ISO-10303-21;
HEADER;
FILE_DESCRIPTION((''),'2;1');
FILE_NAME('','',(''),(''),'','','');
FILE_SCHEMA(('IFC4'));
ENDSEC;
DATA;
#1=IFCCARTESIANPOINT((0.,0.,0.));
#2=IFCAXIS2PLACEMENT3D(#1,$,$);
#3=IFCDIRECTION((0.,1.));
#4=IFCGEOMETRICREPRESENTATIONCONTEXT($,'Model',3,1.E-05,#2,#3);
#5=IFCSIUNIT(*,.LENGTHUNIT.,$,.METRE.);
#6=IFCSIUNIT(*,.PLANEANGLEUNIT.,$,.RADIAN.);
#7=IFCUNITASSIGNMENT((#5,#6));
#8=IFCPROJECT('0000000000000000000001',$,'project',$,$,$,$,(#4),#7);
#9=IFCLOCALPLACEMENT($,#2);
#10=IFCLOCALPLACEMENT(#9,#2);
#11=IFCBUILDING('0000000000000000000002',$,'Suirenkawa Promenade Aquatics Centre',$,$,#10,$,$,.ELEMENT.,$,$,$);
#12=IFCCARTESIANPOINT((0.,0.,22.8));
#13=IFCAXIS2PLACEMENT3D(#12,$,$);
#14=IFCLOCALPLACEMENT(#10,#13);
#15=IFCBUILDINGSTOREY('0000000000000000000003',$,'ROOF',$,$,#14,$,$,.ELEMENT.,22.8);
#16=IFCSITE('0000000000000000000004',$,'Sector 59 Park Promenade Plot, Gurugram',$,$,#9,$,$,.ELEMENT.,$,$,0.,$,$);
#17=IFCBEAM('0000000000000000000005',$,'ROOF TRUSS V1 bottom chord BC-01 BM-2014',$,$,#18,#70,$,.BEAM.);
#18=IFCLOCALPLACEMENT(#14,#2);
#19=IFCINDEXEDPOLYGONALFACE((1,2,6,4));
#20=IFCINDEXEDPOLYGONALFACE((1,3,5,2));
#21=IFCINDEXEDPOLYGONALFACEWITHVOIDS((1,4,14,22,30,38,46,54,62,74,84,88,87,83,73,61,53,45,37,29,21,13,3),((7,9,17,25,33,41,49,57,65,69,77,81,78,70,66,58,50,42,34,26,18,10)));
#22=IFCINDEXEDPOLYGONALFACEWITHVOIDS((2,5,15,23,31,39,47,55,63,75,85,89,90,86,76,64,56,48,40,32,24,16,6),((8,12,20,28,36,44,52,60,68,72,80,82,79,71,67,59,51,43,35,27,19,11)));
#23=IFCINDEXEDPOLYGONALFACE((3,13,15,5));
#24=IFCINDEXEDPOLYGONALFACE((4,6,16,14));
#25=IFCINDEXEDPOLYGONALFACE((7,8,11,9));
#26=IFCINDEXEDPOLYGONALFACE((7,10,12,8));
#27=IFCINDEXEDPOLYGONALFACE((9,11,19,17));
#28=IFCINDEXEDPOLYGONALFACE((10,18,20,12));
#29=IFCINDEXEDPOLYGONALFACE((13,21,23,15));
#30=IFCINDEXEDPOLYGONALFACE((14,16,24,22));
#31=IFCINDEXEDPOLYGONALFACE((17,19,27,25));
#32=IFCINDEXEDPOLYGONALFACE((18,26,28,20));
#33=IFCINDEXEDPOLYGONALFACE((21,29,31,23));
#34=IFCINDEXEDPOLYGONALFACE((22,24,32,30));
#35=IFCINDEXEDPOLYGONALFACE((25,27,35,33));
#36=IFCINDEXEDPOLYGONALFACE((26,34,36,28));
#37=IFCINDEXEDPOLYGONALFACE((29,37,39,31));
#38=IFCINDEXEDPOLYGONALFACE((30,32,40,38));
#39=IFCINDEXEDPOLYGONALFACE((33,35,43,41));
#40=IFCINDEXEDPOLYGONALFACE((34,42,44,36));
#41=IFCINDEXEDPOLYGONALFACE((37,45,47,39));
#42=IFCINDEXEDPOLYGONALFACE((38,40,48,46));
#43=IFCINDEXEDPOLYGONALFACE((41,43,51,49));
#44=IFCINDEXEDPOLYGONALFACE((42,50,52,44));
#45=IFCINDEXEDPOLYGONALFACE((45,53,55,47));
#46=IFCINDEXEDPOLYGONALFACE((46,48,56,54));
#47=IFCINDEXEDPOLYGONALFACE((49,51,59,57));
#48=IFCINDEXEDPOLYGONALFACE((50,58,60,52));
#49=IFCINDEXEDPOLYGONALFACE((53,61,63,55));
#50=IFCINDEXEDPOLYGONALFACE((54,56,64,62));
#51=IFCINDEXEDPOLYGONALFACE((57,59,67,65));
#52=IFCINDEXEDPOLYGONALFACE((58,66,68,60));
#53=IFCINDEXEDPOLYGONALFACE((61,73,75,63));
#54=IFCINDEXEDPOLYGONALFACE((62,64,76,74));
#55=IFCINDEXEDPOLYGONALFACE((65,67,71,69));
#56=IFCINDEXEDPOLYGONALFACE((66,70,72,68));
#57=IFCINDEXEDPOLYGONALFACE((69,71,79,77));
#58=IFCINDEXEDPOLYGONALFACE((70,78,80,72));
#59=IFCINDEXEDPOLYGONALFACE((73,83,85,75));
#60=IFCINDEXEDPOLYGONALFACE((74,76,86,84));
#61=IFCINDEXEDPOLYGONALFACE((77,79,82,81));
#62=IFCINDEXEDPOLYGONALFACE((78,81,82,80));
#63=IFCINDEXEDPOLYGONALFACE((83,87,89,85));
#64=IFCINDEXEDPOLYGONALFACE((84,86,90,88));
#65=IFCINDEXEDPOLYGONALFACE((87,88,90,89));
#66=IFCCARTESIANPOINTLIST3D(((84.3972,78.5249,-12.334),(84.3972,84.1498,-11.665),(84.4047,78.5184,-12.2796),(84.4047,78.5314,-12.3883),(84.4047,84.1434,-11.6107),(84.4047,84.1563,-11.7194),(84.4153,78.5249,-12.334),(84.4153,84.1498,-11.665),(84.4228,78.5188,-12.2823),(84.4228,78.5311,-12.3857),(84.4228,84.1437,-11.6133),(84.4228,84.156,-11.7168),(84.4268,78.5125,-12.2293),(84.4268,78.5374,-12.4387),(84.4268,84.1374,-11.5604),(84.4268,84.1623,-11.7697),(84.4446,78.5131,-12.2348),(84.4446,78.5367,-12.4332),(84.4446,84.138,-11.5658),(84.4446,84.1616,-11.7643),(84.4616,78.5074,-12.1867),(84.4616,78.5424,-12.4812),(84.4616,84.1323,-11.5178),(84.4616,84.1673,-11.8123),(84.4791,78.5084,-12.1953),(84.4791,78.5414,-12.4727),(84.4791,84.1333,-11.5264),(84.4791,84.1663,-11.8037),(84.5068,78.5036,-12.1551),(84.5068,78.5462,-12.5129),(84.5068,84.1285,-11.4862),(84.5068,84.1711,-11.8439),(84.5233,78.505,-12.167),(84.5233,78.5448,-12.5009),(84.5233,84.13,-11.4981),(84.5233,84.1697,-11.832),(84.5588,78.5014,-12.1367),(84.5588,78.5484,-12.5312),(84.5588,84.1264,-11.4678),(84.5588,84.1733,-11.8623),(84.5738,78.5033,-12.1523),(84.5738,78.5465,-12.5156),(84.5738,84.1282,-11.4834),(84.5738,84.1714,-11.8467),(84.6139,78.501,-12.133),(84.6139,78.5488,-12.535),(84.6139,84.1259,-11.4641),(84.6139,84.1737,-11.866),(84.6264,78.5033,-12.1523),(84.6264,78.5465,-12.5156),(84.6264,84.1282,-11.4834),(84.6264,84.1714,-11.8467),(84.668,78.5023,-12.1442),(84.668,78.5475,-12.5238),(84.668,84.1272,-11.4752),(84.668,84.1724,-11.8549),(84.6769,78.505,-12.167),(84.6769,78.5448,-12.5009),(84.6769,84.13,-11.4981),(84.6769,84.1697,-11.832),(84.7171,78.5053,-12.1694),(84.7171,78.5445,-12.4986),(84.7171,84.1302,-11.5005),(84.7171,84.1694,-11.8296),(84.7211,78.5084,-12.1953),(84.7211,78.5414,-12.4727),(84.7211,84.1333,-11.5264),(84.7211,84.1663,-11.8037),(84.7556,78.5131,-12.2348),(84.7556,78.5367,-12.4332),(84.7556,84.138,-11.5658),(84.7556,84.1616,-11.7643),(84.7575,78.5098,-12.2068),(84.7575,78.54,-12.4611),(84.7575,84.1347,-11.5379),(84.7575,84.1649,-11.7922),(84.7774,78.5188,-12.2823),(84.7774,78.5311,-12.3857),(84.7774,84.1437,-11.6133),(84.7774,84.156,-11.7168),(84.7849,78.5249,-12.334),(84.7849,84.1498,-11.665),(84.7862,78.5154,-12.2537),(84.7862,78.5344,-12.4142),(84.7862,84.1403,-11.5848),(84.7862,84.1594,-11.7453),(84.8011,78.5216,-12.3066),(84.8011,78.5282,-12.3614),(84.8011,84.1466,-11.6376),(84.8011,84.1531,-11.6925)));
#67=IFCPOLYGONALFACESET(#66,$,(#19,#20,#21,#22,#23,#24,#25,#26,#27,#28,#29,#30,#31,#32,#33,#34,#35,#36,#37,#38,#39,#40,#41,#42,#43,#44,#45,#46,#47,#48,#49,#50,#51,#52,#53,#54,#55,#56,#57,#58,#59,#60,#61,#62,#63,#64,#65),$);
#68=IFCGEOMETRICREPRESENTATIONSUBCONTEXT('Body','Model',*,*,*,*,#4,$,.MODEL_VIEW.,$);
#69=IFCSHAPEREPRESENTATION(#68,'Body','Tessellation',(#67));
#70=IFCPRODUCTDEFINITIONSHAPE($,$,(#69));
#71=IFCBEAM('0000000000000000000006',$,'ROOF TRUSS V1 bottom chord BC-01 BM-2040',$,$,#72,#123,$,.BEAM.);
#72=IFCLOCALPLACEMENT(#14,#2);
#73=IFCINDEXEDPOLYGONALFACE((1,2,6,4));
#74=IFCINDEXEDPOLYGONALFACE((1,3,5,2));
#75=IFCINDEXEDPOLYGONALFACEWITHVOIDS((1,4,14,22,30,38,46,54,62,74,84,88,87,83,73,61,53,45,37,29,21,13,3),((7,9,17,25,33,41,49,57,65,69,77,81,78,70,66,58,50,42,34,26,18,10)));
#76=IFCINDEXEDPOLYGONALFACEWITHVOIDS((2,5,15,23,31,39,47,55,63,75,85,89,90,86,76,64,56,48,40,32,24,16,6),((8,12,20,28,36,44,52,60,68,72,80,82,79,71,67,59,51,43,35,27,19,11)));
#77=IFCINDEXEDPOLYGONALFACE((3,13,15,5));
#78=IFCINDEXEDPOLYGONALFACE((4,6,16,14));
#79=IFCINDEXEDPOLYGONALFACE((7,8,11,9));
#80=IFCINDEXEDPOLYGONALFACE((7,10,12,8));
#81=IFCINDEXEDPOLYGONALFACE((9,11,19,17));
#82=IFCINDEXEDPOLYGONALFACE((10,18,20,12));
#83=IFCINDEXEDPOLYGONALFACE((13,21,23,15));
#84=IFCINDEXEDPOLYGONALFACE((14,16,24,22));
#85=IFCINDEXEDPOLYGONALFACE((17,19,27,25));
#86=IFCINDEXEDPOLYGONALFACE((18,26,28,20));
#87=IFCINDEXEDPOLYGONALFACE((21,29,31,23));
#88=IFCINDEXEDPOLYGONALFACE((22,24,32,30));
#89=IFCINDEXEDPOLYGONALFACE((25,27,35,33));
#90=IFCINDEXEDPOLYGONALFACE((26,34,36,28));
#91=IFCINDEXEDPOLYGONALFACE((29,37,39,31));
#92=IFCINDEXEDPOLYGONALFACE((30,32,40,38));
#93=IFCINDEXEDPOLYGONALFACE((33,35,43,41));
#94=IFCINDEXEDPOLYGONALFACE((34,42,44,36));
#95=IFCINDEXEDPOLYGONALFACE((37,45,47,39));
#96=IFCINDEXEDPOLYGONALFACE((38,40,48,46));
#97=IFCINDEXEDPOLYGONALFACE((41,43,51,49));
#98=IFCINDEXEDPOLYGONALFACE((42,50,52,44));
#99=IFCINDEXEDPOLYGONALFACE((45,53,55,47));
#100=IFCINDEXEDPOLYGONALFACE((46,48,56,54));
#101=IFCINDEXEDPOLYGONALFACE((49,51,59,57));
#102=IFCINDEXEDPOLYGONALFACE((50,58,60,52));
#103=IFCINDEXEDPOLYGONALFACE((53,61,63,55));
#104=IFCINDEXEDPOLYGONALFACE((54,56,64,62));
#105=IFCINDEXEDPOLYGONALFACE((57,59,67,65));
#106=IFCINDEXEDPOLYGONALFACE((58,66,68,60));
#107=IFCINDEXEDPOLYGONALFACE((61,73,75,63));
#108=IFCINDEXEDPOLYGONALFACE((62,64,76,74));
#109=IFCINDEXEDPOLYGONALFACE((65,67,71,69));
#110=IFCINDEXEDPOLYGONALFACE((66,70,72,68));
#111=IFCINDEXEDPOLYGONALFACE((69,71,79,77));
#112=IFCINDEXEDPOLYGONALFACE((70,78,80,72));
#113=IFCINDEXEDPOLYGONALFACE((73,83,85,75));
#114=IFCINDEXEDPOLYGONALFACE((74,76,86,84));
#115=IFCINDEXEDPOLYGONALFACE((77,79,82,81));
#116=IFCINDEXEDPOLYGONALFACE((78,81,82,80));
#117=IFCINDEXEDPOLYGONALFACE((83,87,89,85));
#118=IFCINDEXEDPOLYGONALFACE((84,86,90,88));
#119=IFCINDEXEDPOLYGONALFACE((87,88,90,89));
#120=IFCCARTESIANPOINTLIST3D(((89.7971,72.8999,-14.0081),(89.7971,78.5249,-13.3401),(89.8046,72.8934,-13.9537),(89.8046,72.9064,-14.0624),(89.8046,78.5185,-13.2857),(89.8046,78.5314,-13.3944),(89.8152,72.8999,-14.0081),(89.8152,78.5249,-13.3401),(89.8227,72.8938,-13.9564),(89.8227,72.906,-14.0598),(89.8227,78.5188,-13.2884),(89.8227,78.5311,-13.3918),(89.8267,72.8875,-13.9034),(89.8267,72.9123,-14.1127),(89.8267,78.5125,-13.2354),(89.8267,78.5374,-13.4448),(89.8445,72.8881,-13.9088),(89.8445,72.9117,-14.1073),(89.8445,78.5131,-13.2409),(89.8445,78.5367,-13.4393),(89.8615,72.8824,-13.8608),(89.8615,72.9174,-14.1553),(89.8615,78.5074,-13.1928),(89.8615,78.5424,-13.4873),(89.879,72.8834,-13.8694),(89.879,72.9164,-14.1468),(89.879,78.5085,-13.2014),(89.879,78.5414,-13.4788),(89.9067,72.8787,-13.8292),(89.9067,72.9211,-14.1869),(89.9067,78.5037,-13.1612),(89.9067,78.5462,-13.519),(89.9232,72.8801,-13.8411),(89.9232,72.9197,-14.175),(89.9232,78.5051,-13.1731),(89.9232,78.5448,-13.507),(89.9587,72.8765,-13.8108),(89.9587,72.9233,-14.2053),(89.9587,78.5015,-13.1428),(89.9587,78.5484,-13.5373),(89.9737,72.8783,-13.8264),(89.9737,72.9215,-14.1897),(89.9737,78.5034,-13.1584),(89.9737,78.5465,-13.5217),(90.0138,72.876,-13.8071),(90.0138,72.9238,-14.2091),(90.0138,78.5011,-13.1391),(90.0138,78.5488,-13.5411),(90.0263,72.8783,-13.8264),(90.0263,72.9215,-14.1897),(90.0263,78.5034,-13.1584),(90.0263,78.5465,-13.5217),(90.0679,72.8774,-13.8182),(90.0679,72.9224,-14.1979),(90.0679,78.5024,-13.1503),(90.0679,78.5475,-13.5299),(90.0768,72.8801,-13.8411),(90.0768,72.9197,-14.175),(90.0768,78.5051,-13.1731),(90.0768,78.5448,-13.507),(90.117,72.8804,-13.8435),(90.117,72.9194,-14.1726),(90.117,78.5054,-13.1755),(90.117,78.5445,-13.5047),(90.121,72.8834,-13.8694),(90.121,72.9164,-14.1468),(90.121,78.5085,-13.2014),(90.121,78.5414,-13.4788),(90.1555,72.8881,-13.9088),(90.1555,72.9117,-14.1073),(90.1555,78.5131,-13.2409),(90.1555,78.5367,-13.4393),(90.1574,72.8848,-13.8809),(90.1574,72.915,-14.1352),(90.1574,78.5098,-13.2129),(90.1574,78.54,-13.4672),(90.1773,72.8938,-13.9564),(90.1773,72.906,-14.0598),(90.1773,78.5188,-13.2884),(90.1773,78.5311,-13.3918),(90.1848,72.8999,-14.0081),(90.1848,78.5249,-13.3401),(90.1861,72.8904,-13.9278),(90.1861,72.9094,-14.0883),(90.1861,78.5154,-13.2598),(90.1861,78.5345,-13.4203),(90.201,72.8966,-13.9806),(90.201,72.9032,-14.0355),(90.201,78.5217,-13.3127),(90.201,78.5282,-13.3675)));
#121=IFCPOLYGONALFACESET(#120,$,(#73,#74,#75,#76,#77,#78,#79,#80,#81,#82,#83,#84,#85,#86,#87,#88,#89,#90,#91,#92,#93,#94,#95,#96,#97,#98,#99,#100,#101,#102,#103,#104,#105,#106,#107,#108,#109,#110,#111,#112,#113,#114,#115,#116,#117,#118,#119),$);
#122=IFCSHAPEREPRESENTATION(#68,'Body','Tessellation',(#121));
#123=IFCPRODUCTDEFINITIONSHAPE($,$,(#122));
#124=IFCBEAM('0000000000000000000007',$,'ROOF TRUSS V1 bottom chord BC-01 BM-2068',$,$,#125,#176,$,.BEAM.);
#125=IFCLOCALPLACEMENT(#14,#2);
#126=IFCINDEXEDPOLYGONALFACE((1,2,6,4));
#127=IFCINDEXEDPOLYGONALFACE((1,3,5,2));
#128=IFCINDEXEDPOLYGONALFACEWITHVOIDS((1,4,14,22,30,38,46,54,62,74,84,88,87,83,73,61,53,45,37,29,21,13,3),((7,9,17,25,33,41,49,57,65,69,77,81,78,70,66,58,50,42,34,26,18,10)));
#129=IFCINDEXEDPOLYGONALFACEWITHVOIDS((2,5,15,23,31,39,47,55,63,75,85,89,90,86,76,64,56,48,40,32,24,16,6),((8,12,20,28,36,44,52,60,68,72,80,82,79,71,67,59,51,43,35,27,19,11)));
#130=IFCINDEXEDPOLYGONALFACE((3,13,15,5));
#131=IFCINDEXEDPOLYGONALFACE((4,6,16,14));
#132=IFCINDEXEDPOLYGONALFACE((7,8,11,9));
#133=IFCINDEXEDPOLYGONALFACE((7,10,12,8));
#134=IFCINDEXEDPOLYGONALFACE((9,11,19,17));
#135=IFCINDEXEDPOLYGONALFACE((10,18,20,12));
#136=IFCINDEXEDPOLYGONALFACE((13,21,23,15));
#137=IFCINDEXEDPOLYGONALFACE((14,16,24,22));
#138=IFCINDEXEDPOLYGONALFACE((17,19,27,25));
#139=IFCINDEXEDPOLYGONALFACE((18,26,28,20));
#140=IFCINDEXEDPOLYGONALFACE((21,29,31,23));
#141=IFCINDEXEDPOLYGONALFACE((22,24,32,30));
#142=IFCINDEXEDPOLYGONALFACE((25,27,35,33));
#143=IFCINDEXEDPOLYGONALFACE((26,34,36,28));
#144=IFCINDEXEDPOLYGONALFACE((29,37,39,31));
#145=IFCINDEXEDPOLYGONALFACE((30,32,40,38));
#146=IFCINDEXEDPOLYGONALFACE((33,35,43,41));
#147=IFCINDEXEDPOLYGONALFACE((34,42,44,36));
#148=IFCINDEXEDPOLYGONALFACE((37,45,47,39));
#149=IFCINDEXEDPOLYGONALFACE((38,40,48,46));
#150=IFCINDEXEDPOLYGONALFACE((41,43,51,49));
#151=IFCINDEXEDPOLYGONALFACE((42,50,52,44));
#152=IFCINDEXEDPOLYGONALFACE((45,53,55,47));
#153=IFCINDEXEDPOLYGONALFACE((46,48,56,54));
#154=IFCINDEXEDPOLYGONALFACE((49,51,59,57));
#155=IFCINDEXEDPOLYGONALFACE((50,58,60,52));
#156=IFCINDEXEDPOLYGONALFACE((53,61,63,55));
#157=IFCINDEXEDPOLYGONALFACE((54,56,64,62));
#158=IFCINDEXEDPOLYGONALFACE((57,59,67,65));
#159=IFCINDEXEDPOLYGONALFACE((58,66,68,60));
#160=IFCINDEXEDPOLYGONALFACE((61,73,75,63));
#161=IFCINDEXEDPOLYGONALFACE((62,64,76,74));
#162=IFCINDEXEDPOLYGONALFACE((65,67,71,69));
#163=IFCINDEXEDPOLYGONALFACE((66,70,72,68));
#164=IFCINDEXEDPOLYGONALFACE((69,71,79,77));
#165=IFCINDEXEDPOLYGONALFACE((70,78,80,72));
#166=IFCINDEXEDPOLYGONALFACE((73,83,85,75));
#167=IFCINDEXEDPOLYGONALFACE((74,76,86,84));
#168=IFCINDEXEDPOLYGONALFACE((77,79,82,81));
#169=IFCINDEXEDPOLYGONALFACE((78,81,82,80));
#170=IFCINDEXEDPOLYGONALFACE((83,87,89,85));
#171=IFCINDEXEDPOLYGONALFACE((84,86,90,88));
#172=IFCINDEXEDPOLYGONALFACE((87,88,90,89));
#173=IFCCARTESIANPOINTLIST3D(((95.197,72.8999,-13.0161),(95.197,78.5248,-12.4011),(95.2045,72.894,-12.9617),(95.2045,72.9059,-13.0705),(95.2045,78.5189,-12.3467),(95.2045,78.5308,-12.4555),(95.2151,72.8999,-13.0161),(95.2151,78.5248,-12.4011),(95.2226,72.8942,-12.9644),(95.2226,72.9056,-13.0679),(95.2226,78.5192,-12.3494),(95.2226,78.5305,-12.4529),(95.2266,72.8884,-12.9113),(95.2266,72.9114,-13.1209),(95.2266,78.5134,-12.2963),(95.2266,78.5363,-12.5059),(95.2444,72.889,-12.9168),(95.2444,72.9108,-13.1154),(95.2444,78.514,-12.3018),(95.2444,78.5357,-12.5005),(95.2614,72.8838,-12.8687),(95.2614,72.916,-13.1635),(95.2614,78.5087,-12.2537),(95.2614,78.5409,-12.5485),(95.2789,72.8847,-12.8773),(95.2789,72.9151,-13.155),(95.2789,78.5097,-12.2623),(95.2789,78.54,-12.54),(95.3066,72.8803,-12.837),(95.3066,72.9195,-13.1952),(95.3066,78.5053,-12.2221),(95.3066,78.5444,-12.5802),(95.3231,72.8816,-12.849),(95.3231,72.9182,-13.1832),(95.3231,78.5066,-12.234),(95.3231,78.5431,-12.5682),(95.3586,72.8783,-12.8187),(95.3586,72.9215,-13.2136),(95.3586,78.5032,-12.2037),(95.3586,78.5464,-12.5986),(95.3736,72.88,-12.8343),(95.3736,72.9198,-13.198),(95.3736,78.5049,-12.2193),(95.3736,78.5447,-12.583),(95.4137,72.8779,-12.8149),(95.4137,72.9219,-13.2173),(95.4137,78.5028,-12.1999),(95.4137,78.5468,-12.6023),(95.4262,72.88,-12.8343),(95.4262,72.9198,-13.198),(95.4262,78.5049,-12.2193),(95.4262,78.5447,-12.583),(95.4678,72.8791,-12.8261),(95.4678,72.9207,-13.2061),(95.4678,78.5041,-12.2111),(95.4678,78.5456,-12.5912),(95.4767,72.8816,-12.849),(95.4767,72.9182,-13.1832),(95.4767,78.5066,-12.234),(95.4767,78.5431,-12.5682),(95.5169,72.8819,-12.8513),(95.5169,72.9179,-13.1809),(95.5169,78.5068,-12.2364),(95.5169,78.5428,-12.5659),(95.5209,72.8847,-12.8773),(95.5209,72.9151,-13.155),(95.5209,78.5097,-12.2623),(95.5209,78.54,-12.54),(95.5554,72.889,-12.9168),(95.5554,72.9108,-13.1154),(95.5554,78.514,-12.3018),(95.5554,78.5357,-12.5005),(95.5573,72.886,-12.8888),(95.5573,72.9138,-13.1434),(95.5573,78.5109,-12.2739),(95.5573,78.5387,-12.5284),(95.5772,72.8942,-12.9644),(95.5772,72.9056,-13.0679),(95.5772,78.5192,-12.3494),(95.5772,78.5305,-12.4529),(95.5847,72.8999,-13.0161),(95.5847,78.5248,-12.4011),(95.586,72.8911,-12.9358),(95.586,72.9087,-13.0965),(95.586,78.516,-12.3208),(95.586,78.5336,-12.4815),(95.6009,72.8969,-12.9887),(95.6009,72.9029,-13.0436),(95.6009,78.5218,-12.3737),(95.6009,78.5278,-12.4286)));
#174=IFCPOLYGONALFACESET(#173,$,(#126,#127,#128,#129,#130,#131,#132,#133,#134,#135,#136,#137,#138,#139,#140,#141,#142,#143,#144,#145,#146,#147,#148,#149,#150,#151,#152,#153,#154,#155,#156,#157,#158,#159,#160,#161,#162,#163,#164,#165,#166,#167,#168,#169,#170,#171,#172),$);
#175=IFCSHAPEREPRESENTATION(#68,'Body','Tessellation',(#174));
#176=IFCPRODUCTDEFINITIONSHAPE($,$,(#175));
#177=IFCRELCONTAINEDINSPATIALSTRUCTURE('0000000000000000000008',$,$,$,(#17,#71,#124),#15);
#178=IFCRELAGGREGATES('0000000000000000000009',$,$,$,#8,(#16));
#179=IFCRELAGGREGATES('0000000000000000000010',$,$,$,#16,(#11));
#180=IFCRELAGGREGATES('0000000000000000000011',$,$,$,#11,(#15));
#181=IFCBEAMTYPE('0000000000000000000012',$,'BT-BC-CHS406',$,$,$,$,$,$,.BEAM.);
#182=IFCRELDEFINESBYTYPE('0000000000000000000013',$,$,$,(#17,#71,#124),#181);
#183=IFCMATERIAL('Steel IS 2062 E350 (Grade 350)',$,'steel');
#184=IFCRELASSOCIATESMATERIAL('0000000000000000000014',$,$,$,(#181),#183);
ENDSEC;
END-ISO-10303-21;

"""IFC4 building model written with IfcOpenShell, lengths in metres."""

from ifc_helpers import new_model, si_unit, direction, frame, origin, origin_2d, place, context, subcontext, project, spatial, hollow_circle, extrude, material, material_profile, profile_set, type_object, element, save


model = new_model("IFC4")

# Units and contexts
model_context = context("Model", 3, precision=1e-05, world=origin(), true_north=direction((0.0, 1.0)))
body_context = subcontext(model_context, "Body", "Model", "MODEL_VIEW")
ifc_project = project(units=[si_unit("LENGTHUNIT", "METRE"), si_unit("PLANEANGLEUNIT", "RADIAN")], contexts=[model_context])

# Site, building, storey
site_placement = place(None, origin())
site = spatial("IfcSite", under=ifc_project, at=site_placement, Name="Sector 59 Park Promenade Plot, Gurugram", CompositionType="ELEMENT", RefElevation=0.0)
building_placement = place(site_placement, origin())
building = spatial("IfcBuilding", under=site, at=building_placement, Name="Suirenkawa Promenade Aquatics Centre", CompositionType="ELEMENT")
storey_placement = place(building_placement, frame((0.0, 0.0, 22.8)))
storey = spatial("IfcBuildingStorey", under=building, at=storey_placement, Name="ROOF", CompositionType="ELEMENT", Elevation=22.8)

# Beams
ifc_material = material(Name="Steel IS 2062 E350 (Grade 350)", Category="steel")
ifc_material_profile_1 = material_profile(ifc_material, hollow_circle(Radius=0.2029, WallThickness=0.0181, at=origin_2d()), Name="CHS 406x18", Category="steel")
ifc_profile_set_1 = profile_set([ifc_material_profile_1], Name="Steel IS 2062 E350 (Grade 350)")
beam_type_1 = type_object("IfcBeamType", Name="BT-BC-CHS406", PredefinedType="BEAM", material=ifc_profile_set_1)
for number, where, z_axis, x_axis, name in (
    (1, (84.6001, 78.5249, -12.334), (0.0, 0.993003, 0.118091), (-1.0, 0.0, 0.0), "ROOF TRUSS V1 bottom chord BC-01 BM-2014"),
    (2, (90.0, 72.8999, -14.0081), (0.0, 0.993023, 0.117921), (-1.0, 0.0, 0.0), "ROOF TRUSS V1 bottom chord BC-01 BM-2040"),
):
    element("IfcBeam", number, at=place(storey_placement, frame(where, z_axis=z_axis, x_axis=x_axis)), inside=storey, type_object=beam_type_1, Name=name, PredefinedType="BEAM", context=body_context, shape_type="SweptSolid", body=[
        extrude(hollow_circle(Radius=0.2029, WallThickness=0.0181, at=origin_2d()), origin(), (0.0, 0.0, 1.0), 5.6646),
    ])
beam_placement = place(storey_placement, frame((95.3999, 72.8999, -13.0161), z_axis=(0.0, 0.994076, 0.108684), x_axis=(-1.0, 0.0, 0.0)))
element("IfcBeam", 3, at=beam_placement, inside=storey, type_object=beam_type_1, Name="ROOF TRUSS V1 bottom chord BC-01 BM-2068", PredefinedType="BEAM", context=body_context, shape_type="SweptSolid", body=[
    extrude(hollow_circle(Radius=0.2029, WallThickness=0.0181, at=origin_2d()), origin(), (0.0, 0.0, 1.0), 5.6584),
])

save(model, "model.ifc")
